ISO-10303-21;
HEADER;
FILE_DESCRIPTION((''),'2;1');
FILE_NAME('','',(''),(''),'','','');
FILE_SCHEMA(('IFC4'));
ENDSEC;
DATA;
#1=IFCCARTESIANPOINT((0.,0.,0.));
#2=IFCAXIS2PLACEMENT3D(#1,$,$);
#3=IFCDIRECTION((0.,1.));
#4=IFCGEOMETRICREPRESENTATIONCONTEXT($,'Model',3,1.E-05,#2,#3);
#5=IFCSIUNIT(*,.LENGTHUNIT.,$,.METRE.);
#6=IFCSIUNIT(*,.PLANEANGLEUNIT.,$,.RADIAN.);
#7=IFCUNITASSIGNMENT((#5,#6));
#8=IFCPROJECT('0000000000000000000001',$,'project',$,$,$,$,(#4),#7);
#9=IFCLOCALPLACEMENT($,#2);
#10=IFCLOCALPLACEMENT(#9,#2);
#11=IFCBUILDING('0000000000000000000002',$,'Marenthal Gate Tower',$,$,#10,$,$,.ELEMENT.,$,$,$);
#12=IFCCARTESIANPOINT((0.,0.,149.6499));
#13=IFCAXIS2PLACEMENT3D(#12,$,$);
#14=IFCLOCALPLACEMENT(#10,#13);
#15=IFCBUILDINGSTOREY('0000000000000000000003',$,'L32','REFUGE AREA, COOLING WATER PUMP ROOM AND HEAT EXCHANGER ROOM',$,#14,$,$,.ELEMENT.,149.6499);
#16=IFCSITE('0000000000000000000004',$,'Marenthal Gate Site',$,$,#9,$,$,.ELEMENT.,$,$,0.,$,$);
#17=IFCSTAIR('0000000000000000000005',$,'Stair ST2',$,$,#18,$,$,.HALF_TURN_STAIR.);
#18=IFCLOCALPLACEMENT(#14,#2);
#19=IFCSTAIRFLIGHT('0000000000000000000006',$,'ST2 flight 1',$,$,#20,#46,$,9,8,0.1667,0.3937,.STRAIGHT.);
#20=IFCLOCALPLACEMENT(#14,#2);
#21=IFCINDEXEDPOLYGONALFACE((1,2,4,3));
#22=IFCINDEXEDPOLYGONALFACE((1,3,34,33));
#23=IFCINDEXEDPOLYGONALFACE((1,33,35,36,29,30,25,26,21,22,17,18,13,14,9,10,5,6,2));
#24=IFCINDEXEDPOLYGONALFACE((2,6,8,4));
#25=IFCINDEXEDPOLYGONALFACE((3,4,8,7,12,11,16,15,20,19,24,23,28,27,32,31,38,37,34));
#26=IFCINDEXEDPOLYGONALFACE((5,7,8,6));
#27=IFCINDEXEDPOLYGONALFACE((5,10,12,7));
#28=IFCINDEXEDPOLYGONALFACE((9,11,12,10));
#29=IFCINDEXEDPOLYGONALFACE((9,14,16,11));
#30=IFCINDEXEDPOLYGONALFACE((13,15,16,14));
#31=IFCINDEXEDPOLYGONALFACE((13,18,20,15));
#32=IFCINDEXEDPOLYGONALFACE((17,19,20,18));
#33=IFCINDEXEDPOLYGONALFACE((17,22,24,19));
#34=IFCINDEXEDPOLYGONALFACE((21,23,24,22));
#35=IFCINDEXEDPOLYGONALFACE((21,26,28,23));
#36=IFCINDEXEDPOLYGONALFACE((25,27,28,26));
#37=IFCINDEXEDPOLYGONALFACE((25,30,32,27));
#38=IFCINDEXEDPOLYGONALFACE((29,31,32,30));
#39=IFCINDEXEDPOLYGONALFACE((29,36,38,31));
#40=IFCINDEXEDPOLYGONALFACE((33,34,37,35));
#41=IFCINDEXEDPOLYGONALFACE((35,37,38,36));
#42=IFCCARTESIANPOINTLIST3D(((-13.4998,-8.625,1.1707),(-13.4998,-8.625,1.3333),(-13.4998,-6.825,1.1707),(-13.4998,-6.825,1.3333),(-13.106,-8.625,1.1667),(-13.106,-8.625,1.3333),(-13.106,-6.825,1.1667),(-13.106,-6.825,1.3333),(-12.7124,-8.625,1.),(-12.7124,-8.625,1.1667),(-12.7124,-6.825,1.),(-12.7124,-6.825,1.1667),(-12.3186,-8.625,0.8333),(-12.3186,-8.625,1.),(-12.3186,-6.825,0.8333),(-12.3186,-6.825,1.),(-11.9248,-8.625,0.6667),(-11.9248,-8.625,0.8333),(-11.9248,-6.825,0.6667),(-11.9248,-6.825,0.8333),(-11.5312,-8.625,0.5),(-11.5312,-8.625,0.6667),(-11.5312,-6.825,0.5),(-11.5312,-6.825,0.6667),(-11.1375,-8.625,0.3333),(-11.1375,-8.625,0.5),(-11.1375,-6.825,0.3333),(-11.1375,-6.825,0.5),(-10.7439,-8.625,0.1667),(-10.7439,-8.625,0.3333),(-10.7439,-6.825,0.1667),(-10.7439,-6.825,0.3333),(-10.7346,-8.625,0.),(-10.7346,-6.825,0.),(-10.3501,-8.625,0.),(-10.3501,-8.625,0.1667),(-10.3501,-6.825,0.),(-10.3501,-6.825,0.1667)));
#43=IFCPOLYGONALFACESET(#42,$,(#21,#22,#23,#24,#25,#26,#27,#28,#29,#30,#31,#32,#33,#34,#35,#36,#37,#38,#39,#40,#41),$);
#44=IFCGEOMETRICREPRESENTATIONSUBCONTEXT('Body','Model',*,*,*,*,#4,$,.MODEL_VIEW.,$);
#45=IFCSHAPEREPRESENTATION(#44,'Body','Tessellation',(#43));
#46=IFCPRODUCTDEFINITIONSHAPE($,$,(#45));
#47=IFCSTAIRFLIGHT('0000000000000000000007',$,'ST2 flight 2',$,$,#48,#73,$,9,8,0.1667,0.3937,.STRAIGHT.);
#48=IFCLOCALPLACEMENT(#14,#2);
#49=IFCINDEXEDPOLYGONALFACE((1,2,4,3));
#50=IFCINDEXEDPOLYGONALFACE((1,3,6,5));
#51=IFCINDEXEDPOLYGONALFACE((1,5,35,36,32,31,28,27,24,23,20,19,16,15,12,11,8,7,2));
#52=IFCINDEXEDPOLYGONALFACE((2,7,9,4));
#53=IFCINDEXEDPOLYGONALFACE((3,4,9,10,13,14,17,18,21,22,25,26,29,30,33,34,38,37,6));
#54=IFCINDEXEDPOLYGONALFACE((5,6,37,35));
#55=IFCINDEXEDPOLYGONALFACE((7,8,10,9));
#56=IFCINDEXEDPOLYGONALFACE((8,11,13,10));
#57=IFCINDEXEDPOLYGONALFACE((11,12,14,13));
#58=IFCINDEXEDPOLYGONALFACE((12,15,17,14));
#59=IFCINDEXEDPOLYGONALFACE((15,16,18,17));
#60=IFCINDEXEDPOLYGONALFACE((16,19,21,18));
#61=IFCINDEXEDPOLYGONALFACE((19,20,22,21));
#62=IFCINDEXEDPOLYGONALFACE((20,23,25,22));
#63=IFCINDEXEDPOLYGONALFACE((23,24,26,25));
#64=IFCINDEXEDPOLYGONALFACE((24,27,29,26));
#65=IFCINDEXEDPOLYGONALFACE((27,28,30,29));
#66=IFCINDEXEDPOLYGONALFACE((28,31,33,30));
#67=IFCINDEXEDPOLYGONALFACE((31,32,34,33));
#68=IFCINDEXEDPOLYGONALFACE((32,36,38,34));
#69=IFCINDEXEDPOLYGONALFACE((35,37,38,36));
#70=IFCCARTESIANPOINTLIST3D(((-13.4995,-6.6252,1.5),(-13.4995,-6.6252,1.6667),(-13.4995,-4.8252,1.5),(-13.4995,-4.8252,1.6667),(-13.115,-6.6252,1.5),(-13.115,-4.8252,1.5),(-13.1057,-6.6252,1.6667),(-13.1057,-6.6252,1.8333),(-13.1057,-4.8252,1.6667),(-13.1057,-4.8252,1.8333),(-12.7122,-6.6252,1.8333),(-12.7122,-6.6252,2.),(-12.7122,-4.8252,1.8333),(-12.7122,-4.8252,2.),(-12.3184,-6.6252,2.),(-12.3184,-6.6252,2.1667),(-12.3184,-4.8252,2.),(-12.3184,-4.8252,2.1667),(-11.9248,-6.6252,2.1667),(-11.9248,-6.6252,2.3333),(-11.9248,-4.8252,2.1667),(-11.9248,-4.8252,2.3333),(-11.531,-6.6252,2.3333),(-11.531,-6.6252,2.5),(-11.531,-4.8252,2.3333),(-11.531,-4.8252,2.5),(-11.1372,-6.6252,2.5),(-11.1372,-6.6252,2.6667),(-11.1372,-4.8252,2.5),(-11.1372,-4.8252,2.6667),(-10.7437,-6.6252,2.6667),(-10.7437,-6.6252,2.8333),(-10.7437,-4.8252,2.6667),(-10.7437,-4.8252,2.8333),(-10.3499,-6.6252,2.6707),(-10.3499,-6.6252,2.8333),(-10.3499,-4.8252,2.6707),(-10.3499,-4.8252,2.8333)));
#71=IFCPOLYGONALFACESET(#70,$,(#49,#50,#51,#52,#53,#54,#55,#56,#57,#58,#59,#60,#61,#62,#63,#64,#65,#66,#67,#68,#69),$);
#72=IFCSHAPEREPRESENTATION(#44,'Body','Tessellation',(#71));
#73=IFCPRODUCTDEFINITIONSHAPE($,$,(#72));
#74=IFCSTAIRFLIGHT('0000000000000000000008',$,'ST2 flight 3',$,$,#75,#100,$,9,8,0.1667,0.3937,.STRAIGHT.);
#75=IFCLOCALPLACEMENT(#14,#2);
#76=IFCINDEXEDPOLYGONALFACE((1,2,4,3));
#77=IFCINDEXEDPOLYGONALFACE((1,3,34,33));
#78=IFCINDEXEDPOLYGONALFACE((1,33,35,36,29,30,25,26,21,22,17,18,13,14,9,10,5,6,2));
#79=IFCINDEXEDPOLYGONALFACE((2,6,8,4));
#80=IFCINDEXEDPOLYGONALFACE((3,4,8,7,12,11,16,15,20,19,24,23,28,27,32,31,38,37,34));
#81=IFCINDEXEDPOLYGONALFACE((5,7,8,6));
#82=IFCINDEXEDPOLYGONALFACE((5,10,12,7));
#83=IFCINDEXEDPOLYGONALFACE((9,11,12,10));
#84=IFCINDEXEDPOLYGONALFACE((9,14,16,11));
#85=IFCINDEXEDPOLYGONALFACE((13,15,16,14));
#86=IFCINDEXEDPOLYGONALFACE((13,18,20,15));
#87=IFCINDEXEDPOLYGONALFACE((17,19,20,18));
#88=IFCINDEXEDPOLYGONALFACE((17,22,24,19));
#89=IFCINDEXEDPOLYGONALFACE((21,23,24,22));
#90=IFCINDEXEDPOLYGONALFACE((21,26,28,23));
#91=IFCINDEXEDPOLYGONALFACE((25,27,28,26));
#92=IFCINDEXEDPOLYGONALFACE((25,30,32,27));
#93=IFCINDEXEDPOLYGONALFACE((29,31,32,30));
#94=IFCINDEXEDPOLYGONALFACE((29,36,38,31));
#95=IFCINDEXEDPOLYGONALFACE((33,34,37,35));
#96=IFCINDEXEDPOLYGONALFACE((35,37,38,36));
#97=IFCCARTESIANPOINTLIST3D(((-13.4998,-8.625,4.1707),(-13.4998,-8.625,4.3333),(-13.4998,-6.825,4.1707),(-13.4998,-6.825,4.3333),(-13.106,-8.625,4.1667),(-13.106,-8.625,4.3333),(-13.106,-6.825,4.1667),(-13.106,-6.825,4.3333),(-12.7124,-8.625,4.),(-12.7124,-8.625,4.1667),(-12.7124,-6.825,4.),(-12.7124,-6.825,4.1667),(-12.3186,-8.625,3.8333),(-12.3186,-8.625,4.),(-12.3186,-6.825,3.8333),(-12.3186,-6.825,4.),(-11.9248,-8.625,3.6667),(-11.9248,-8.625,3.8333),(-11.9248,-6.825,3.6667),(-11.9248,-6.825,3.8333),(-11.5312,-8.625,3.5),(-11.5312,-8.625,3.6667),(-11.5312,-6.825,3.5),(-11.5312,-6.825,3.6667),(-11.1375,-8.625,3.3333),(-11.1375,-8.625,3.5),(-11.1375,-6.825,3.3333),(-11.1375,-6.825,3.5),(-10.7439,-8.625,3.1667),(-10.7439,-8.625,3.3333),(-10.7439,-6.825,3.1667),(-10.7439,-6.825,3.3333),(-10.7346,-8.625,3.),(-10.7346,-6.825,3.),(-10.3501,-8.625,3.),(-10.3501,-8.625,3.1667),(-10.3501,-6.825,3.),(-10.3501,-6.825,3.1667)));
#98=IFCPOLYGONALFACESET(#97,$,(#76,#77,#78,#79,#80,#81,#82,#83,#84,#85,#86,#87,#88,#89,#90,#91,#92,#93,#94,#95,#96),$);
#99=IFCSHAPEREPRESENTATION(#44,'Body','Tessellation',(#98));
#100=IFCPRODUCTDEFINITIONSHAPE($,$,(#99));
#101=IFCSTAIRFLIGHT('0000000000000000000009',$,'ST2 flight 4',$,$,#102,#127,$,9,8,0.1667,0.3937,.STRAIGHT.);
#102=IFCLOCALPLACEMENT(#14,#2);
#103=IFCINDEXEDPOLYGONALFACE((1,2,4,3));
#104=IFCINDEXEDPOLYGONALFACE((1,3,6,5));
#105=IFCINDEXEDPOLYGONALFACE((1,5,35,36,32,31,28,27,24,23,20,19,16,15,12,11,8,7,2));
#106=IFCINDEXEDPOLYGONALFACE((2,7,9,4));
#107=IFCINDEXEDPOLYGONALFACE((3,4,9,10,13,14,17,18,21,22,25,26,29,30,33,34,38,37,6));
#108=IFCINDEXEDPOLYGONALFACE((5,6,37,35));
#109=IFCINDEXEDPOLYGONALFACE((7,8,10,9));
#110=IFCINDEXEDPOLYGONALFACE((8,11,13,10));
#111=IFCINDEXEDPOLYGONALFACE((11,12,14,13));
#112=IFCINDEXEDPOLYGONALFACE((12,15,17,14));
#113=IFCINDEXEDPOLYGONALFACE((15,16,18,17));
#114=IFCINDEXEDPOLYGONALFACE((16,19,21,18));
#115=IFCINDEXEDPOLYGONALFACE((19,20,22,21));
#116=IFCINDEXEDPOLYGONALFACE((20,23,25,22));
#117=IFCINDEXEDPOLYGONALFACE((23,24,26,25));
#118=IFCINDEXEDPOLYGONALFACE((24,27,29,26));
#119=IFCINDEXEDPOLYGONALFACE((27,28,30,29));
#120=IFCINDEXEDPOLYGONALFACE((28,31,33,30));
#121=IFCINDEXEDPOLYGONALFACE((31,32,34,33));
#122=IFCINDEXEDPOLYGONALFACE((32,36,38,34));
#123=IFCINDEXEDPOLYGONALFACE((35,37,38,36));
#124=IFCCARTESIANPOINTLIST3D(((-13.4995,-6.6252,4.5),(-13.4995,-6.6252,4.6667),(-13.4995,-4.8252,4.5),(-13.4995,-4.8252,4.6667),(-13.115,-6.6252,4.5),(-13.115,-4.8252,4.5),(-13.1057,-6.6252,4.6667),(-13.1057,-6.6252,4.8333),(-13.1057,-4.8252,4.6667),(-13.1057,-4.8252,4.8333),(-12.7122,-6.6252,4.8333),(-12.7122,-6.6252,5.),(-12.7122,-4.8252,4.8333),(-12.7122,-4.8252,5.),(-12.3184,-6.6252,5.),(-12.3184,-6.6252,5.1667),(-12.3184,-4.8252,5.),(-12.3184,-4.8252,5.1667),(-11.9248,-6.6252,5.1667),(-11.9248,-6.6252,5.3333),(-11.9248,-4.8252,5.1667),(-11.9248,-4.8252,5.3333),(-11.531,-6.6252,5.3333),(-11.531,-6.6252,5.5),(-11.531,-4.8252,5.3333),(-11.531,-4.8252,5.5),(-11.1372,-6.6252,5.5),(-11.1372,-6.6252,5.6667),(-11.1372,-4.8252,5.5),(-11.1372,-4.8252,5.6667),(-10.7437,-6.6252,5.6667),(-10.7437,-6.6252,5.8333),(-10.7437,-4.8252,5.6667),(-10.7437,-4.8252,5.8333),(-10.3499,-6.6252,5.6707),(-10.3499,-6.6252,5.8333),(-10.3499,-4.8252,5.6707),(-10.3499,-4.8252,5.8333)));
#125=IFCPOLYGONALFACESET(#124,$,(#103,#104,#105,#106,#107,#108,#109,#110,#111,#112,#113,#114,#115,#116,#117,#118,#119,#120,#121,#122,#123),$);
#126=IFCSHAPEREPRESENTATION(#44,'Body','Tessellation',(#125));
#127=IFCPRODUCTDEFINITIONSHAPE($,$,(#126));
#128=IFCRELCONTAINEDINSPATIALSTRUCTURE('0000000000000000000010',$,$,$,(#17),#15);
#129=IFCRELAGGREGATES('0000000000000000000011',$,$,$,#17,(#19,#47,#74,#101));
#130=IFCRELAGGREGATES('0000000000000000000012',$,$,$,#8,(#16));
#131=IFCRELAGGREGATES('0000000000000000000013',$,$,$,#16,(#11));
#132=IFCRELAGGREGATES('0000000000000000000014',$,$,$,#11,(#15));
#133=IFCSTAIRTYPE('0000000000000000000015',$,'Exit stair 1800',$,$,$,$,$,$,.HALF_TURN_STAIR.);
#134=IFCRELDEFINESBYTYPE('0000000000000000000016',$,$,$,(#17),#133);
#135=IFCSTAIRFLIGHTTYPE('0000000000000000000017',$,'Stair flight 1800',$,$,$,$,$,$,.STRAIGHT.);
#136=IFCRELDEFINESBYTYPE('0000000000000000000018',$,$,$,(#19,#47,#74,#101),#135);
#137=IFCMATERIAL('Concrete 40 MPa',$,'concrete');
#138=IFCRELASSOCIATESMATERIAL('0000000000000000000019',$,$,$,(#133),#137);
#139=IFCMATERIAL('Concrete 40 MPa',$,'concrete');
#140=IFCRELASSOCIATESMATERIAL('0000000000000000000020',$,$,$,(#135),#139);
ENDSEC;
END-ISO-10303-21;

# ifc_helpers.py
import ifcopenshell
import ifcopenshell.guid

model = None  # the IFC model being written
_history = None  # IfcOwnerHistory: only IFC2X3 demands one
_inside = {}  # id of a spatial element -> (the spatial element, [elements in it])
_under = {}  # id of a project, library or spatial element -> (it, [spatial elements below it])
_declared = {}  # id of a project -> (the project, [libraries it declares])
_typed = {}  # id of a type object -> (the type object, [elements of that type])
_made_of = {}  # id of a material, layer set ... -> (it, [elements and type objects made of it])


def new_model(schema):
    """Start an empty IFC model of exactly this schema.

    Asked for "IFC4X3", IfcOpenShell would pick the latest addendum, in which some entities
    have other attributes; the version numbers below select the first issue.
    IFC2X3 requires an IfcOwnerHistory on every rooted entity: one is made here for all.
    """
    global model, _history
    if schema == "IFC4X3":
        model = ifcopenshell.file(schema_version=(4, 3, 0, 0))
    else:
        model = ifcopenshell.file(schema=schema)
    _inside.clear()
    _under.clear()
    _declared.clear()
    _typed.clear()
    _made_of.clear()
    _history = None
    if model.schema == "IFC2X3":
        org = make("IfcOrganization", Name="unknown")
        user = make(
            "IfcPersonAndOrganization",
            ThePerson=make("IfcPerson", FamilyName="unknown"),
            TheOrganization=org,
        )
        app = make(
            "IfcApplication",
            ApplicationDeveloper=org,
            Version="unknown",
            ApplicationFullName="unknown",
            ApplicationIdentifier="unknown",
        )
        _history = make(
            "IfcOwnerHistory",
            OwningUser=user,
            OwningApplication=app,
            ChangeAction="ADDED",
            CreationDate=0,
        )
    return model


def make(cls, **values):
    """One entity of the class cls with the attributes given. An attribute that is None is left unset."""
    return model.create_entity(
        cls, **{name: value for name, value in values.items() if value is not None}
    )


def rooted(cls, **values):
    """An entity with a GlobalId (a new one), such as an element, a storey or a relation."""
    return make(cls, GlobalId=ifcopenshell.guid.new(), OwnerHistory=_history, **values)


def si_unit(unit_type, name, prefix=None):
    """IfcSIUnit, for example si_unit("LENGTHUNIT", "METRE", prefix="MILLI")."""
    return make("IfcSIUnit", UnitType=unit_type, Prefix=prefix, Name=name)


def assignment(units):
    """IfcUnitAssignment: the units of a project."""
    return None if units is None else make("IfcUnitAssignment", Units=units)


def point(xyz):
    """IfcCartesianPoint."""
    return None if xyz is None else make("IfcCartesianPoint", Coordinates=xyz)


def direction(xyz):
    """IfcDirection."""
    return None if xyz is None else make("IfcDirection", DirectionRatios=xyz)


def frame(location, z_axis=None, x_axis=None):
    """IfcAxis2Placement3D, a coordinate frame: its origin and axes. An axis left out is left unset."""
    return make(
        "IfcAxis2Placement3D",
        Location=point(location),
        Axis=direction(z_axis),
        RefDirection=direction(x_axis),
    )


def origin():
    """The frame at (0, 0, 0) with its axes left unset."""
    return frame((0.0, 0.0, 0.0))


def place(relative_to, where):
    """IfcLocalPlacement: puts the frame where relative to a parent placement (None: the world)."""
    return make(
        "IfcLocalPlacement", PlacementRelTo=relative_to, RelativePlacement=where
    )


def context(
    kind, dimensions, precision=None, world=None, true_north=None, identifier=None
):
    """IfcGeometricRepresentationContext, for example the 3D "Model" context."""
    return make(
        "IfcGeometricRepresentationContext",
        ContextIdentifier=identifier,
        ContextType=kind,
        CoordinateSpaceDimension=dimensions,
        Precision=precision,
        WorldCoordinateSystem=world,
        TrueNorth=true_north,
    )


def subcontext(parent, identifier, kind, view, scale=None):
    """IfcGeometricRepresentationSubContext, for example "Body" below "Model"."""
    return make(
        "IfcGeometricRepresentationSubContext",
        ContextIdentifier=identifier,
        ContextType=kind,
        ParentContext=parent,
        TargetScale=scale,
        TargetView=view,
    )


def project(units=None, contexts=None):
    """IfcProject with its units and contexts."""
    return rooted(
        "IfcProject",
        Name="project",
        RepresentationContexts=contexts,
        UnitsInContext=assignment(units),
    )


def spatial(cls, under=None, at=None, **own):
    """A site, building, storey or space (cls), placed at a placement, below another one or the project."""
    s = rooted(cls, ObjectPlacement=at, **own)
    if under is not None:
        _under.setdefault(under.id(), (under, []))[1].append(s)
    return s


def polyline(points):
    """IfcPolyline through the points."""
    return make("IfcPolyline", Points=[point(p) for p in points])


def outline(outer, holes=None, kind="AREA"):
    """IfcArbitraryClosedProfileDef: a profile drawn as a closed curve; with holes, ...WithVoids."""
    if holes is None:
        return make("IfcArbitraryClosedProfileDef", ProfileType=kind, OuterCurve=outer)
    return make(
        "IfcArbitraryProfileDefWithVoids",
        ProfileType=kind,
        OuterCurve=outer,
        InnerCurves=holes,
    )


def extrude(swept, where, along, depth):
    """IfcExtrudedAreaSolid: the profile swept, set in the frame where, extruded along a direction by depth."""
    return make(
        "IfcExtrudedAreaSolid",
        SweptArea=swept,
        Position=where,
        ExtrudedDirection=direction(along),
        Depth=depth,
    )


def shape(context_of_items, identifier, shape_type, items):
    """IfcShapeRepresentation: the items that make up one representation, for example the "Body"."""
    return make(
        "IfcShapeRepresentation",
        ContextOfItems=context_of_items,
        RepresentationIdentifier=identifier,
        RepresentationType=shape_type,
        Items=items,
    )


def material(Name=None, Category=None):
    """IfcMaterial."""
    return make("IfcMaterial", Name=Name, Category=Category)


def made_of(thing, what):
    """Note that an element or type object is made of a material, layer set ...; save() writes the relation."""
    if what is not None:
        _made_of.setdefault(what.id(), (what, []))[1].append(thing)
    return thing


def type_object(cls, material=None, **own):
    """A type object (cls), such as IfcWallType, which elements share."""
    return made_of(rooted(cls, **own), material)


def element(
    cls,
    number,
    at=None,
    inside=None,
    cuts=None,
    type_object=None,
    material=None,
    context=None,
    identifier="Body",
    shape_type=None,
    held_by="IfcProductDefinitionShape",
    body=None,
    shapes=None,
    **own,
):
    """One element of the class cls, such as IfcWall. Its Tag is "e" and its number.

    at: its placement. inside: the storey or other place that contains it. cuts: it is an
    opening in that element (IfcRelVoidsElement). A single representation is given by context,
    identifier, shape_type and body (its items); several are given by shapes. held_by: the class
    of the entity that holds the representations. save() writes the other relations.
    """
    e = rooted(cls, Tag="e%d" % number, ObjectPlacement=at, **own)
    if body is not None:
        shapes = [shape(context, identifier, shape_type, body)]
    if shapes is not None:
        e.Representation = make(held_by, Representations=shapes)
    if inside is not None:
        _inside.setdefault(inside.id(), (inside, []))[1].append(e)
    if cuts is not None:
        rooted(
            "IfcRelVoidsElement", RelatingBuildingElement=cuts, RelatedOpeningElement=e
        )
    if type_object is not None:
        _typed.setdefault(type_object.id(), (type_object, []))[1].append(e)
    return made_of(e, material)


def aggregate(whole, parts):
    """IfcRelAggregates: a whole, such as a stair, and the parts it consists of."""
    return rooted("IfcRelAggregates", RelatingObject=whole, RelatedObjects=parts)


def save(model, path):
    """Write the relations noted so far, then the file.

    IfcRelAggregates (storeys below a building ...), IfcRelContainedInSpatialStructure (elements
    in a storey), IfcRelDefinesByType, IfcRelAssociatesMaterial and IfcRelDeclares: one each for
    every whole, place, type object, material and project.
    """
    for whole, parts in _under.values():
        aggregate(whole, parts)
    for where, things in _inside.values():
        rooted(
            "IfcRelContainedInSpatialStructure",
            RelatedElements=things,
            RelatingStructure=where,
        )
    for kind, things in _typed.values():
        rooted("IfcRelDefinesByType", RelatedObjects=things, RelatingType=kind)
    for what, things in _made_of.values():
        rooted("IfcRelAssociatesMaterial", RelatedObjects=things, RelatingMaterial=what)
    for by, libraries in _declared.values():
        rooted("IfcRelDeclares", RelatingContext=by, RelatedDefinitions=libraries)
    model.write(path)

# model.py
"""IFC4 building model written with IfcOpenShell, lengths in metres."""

from ifc_helpers import new_model, si_unit, direction, frame, origin, place, context, subcontext, project, spatial, polyline, outline, extrude, material, type_object, element, aggregate, save


model = new_model("IFC4")

# Units and contexts
model_context = context("Model", 3, precision=1e-05, world=origin(), true_north=direction((0.0, 1.0)))
body_context = subcontext(model_context, "Body", "Model", "MODEL_VIEW")
ifc_project = project(units=[si_unit("LENGTHUNIT", "METRE"), si_unit("PLANEANGLEUNIT", "RADIAN")], contexts=[model_context])

# Site, building, storey
site_placement = place(None, origin())
site = spatial("IfcSite", under=ifc_project, at=site_placement, Name="Marenthal Gate Site", CompositionType="ELEMENT", RefElevation=0.0)
building_placement = place(site_placement, origin())
building = spatial("IfcBuilding", under=site, at=building_placement, Name="Marenthal Gate Tower", CompositionType="ELEMENT")
storey_placement = place(building_placement, frame((0.0, 0.0, 149.6499)))
storey = spatial("IfcBuildingStorey", under=building, at=storey_placement, Name="L32", Description="REFUGE AREA, COOLING WATER PUMP ROOM AND HEAT EXCHANGER ROOM", CompositionType="ELEMENT", Elevation=149.6499)

# Stair, stair flights
ifc_material_1 = material(Name="Concrete 40 MPa", Category="concrete")
stair_type = type_object("IfcStairType", Name="Exit stair 1800", PredefinedType="HALF_TURN_STAIR", material=ifc_material_1)
stair_placement = place(storey_placement, origin())
stair = element("IfcStair", 1, at=stair_placement, inside=storey, type_object=stair_type, Name="Stair ST2", PredefinedType="HALF_TURN_STAIR")
ifc_material_2 = material(Name="Concrete 40 MPa", Category="concrete")
stair_flight_type = type_object("IfcStairFlightType", Name="Stair flight 1800", PredefinedType="STRAIGHT", material=ifc_material_2)
stair_flight_1_placement = place(storey_placement, frame((-10.3501, -7.7251, 0.0), z_axis=(0.0, 0.0, 1.0), x_axis=(-1.0, 0.0, 0.0)))
stair_flight_1 = element("IfcStairFlight", 2, at=stair_flight_1_placement, type_object=stair_flight_type, Name="ST2 flight 1", NumberOfRisers=9, NumberOfTreads=8, PredefinedType="STRAIGHT", RiserHeight=0.1667, TreadLength=0.3937, context=body_context, shape_type="SweptSolid", body=[
    extrude(outline(polyline([(0.0, 0.0), (0.0, 0.1667), (0.3938, 0.1667), (0.3938, 0.3333), (0.7874, 0.3333), (0.7874, 0.5), (1.1812, 0.5), (1.1812, 0.6667), (1.5747, 0.6667), (1.5747, 0.8333), (1.9685, 0.8333), (1.9685, 1.0), (2.3623, 1.0), (2.3623, 1.1667), (2.7559, 1.1667), (2.7559, 1.3333), (3.1497, 1.3333), (3.1497, 1.5), (3.1497, 1.1707), (0.3845, 0.0), (0.0, 0.0)])), frame((0.0, 0.8999, 0.0), z_axis=(0.0, -1.0, 0.0), x_axis=(1.0, 0.0, 0.0)), (0.0, 0.0, 1.0), 1.8),
])
stair_flight_2_placement = place(storey_placement, frame((-13.4995, -5.7251, 1.5), z_axis=(0.0, 0.0, 1.0), x_axis=(1.0, 0.0, 0.0)))
stair_flight_2 = element("IfcStairFlight", 3, at=stair_flight_2_placement, type_object=stair_flight_type, Name="ST2 flight 2", NumberOfRisers=9, NumberOfTreads=8, PredefinedType="STRAIGHT", RiserHeight=0.1667, TreadLength=0.3937, context=body_context, shape_type="SweptSolid", body=[
    extrude(outline(polyline([(0.0, 0.0), (0.0, 0.1667), (0.3938, 0.1667), (0.3938, 0.3333), (0.7874, 0.3333), (0.7874, 0.5), (1.1812, 0.5), (1.1812, 0.6667), (1.5747, 0.6667), (1.5747, 0.8333), (1.9685, 0.8333), (1.9685, 1.0), (2.3623, 1.0), (2.3623, 1.1667), (2.7559, 1.1667), (2.7559, 1.3333), (3.1497, 1.3333), (3.1497, 1.5), (3.1497, 1.1707), (0.3845, 0.0), (0.0, 0.0)])), frame((0.0, 0.8999, 0.0), z_axis=(0.0, -1.0, 0.0), x_axis=(1.0, 0.0, 0.0)), (0.0, 0.0, 1.0), 1.8),
])
stair_flight_3_placement = place(storey_placement, frame((-10.3501, -7.7251, 3.0), z_axis=(0.0, 0.0, 1.0), x_axis=(-1.0, 0.0, 0.0)))
stair_flight_3 = element("IfcStairFlight", 4, at=stair_flight_3_placement, type_object=stair_flight_type, Name="ST2 flight 3", NumberOfRisers=9, NumberOfTreads=8, PredefinedType="STRAIGHT", RiserHeight=0.1667, TreadLength=0.3937, context=body_context, shape_type="SweptSolid", body=[
    extrude(outline(polyline([(0.0, 0.0), (0.0, 0.1667), (0.3938, 0.1667), (0.3938, 0.3333), (0.7874, 0.3333), (0.7874, 0.5), (1.1812, 0.5), (1.1812, 0.6667), (1.5747, 0.6667), (1.5747, 0.8333), (1.9685, 0.8333), (1.9685, 1.0), (2.3623, 1.0), (2.3623, 1.1667), (2.7559, 1.1667), (2.7559, 1.3333), (3.1497, 1.3333), (3.1497, 1.5), (3.1497, 1.1707), (0.3845, 0.0), (0.0, 0.0)])), frame((0.0, 0.8999, 0.0), z_axis=(0.0, -1.0, 0.0), x_axis=(1.0, 0.0, 0.0)), (0.0, 0.0, 1.0), 1.8),
])
stair_flight_4_placement = place(storey_placement, frame((-13.4995, -5.7251, 4.5), z_axis=(0.0, 0.0, 1.0), x_axis=(1.0, 0.0, 0.0)))
stair_flight_4 = element("IfcStairFlight", 5, at=stair_flight_4_placement, type_object=stair_flight_type, Name="ST2 flight 4", NumberOfRisers=9, NumberOfTreads=8, PredefinedType="STRAIGHT", RiserHeight=0.1667, TreadLength=0.3937, context=body_context, shape_type="SweptSolid", body=[
    extrude(outline(polyline([(0.0, 0.0), (0.0, 0.1667), (0.3938, 0.1667), (0.3938, 0.3333), (0.7874, 0.3333), (0.7874, 0.5), (1.1812, 0.5), (1.1812, 0.6667), (1.5747, 0.6667), (1.5747, 0.8333), (1.9685, 0.8333), (1.9685, 1.0), (2.3623, 1.0), (2.3623, 1.1667), (2.7559, 1.1667), (2.7559, 1.3333), (3.1497, 1.3333), (3.1497, 1.5), (3.1497, 1.1707), (0.3845, 0.0), (0.0, 0.0)])), frame((0.0, 0.8999, 0.0), z_axis=(0.0, -1.0, 0.0), x_axis=(1.0, 0.0, 0.0)), (0.0, 0.0, 1.0), 1.8),
])
aggregate(stair, [stair_flight_1, stair_flight_2, stair_flight_3, stair_flight_4])

save(model, "model.ifc")
